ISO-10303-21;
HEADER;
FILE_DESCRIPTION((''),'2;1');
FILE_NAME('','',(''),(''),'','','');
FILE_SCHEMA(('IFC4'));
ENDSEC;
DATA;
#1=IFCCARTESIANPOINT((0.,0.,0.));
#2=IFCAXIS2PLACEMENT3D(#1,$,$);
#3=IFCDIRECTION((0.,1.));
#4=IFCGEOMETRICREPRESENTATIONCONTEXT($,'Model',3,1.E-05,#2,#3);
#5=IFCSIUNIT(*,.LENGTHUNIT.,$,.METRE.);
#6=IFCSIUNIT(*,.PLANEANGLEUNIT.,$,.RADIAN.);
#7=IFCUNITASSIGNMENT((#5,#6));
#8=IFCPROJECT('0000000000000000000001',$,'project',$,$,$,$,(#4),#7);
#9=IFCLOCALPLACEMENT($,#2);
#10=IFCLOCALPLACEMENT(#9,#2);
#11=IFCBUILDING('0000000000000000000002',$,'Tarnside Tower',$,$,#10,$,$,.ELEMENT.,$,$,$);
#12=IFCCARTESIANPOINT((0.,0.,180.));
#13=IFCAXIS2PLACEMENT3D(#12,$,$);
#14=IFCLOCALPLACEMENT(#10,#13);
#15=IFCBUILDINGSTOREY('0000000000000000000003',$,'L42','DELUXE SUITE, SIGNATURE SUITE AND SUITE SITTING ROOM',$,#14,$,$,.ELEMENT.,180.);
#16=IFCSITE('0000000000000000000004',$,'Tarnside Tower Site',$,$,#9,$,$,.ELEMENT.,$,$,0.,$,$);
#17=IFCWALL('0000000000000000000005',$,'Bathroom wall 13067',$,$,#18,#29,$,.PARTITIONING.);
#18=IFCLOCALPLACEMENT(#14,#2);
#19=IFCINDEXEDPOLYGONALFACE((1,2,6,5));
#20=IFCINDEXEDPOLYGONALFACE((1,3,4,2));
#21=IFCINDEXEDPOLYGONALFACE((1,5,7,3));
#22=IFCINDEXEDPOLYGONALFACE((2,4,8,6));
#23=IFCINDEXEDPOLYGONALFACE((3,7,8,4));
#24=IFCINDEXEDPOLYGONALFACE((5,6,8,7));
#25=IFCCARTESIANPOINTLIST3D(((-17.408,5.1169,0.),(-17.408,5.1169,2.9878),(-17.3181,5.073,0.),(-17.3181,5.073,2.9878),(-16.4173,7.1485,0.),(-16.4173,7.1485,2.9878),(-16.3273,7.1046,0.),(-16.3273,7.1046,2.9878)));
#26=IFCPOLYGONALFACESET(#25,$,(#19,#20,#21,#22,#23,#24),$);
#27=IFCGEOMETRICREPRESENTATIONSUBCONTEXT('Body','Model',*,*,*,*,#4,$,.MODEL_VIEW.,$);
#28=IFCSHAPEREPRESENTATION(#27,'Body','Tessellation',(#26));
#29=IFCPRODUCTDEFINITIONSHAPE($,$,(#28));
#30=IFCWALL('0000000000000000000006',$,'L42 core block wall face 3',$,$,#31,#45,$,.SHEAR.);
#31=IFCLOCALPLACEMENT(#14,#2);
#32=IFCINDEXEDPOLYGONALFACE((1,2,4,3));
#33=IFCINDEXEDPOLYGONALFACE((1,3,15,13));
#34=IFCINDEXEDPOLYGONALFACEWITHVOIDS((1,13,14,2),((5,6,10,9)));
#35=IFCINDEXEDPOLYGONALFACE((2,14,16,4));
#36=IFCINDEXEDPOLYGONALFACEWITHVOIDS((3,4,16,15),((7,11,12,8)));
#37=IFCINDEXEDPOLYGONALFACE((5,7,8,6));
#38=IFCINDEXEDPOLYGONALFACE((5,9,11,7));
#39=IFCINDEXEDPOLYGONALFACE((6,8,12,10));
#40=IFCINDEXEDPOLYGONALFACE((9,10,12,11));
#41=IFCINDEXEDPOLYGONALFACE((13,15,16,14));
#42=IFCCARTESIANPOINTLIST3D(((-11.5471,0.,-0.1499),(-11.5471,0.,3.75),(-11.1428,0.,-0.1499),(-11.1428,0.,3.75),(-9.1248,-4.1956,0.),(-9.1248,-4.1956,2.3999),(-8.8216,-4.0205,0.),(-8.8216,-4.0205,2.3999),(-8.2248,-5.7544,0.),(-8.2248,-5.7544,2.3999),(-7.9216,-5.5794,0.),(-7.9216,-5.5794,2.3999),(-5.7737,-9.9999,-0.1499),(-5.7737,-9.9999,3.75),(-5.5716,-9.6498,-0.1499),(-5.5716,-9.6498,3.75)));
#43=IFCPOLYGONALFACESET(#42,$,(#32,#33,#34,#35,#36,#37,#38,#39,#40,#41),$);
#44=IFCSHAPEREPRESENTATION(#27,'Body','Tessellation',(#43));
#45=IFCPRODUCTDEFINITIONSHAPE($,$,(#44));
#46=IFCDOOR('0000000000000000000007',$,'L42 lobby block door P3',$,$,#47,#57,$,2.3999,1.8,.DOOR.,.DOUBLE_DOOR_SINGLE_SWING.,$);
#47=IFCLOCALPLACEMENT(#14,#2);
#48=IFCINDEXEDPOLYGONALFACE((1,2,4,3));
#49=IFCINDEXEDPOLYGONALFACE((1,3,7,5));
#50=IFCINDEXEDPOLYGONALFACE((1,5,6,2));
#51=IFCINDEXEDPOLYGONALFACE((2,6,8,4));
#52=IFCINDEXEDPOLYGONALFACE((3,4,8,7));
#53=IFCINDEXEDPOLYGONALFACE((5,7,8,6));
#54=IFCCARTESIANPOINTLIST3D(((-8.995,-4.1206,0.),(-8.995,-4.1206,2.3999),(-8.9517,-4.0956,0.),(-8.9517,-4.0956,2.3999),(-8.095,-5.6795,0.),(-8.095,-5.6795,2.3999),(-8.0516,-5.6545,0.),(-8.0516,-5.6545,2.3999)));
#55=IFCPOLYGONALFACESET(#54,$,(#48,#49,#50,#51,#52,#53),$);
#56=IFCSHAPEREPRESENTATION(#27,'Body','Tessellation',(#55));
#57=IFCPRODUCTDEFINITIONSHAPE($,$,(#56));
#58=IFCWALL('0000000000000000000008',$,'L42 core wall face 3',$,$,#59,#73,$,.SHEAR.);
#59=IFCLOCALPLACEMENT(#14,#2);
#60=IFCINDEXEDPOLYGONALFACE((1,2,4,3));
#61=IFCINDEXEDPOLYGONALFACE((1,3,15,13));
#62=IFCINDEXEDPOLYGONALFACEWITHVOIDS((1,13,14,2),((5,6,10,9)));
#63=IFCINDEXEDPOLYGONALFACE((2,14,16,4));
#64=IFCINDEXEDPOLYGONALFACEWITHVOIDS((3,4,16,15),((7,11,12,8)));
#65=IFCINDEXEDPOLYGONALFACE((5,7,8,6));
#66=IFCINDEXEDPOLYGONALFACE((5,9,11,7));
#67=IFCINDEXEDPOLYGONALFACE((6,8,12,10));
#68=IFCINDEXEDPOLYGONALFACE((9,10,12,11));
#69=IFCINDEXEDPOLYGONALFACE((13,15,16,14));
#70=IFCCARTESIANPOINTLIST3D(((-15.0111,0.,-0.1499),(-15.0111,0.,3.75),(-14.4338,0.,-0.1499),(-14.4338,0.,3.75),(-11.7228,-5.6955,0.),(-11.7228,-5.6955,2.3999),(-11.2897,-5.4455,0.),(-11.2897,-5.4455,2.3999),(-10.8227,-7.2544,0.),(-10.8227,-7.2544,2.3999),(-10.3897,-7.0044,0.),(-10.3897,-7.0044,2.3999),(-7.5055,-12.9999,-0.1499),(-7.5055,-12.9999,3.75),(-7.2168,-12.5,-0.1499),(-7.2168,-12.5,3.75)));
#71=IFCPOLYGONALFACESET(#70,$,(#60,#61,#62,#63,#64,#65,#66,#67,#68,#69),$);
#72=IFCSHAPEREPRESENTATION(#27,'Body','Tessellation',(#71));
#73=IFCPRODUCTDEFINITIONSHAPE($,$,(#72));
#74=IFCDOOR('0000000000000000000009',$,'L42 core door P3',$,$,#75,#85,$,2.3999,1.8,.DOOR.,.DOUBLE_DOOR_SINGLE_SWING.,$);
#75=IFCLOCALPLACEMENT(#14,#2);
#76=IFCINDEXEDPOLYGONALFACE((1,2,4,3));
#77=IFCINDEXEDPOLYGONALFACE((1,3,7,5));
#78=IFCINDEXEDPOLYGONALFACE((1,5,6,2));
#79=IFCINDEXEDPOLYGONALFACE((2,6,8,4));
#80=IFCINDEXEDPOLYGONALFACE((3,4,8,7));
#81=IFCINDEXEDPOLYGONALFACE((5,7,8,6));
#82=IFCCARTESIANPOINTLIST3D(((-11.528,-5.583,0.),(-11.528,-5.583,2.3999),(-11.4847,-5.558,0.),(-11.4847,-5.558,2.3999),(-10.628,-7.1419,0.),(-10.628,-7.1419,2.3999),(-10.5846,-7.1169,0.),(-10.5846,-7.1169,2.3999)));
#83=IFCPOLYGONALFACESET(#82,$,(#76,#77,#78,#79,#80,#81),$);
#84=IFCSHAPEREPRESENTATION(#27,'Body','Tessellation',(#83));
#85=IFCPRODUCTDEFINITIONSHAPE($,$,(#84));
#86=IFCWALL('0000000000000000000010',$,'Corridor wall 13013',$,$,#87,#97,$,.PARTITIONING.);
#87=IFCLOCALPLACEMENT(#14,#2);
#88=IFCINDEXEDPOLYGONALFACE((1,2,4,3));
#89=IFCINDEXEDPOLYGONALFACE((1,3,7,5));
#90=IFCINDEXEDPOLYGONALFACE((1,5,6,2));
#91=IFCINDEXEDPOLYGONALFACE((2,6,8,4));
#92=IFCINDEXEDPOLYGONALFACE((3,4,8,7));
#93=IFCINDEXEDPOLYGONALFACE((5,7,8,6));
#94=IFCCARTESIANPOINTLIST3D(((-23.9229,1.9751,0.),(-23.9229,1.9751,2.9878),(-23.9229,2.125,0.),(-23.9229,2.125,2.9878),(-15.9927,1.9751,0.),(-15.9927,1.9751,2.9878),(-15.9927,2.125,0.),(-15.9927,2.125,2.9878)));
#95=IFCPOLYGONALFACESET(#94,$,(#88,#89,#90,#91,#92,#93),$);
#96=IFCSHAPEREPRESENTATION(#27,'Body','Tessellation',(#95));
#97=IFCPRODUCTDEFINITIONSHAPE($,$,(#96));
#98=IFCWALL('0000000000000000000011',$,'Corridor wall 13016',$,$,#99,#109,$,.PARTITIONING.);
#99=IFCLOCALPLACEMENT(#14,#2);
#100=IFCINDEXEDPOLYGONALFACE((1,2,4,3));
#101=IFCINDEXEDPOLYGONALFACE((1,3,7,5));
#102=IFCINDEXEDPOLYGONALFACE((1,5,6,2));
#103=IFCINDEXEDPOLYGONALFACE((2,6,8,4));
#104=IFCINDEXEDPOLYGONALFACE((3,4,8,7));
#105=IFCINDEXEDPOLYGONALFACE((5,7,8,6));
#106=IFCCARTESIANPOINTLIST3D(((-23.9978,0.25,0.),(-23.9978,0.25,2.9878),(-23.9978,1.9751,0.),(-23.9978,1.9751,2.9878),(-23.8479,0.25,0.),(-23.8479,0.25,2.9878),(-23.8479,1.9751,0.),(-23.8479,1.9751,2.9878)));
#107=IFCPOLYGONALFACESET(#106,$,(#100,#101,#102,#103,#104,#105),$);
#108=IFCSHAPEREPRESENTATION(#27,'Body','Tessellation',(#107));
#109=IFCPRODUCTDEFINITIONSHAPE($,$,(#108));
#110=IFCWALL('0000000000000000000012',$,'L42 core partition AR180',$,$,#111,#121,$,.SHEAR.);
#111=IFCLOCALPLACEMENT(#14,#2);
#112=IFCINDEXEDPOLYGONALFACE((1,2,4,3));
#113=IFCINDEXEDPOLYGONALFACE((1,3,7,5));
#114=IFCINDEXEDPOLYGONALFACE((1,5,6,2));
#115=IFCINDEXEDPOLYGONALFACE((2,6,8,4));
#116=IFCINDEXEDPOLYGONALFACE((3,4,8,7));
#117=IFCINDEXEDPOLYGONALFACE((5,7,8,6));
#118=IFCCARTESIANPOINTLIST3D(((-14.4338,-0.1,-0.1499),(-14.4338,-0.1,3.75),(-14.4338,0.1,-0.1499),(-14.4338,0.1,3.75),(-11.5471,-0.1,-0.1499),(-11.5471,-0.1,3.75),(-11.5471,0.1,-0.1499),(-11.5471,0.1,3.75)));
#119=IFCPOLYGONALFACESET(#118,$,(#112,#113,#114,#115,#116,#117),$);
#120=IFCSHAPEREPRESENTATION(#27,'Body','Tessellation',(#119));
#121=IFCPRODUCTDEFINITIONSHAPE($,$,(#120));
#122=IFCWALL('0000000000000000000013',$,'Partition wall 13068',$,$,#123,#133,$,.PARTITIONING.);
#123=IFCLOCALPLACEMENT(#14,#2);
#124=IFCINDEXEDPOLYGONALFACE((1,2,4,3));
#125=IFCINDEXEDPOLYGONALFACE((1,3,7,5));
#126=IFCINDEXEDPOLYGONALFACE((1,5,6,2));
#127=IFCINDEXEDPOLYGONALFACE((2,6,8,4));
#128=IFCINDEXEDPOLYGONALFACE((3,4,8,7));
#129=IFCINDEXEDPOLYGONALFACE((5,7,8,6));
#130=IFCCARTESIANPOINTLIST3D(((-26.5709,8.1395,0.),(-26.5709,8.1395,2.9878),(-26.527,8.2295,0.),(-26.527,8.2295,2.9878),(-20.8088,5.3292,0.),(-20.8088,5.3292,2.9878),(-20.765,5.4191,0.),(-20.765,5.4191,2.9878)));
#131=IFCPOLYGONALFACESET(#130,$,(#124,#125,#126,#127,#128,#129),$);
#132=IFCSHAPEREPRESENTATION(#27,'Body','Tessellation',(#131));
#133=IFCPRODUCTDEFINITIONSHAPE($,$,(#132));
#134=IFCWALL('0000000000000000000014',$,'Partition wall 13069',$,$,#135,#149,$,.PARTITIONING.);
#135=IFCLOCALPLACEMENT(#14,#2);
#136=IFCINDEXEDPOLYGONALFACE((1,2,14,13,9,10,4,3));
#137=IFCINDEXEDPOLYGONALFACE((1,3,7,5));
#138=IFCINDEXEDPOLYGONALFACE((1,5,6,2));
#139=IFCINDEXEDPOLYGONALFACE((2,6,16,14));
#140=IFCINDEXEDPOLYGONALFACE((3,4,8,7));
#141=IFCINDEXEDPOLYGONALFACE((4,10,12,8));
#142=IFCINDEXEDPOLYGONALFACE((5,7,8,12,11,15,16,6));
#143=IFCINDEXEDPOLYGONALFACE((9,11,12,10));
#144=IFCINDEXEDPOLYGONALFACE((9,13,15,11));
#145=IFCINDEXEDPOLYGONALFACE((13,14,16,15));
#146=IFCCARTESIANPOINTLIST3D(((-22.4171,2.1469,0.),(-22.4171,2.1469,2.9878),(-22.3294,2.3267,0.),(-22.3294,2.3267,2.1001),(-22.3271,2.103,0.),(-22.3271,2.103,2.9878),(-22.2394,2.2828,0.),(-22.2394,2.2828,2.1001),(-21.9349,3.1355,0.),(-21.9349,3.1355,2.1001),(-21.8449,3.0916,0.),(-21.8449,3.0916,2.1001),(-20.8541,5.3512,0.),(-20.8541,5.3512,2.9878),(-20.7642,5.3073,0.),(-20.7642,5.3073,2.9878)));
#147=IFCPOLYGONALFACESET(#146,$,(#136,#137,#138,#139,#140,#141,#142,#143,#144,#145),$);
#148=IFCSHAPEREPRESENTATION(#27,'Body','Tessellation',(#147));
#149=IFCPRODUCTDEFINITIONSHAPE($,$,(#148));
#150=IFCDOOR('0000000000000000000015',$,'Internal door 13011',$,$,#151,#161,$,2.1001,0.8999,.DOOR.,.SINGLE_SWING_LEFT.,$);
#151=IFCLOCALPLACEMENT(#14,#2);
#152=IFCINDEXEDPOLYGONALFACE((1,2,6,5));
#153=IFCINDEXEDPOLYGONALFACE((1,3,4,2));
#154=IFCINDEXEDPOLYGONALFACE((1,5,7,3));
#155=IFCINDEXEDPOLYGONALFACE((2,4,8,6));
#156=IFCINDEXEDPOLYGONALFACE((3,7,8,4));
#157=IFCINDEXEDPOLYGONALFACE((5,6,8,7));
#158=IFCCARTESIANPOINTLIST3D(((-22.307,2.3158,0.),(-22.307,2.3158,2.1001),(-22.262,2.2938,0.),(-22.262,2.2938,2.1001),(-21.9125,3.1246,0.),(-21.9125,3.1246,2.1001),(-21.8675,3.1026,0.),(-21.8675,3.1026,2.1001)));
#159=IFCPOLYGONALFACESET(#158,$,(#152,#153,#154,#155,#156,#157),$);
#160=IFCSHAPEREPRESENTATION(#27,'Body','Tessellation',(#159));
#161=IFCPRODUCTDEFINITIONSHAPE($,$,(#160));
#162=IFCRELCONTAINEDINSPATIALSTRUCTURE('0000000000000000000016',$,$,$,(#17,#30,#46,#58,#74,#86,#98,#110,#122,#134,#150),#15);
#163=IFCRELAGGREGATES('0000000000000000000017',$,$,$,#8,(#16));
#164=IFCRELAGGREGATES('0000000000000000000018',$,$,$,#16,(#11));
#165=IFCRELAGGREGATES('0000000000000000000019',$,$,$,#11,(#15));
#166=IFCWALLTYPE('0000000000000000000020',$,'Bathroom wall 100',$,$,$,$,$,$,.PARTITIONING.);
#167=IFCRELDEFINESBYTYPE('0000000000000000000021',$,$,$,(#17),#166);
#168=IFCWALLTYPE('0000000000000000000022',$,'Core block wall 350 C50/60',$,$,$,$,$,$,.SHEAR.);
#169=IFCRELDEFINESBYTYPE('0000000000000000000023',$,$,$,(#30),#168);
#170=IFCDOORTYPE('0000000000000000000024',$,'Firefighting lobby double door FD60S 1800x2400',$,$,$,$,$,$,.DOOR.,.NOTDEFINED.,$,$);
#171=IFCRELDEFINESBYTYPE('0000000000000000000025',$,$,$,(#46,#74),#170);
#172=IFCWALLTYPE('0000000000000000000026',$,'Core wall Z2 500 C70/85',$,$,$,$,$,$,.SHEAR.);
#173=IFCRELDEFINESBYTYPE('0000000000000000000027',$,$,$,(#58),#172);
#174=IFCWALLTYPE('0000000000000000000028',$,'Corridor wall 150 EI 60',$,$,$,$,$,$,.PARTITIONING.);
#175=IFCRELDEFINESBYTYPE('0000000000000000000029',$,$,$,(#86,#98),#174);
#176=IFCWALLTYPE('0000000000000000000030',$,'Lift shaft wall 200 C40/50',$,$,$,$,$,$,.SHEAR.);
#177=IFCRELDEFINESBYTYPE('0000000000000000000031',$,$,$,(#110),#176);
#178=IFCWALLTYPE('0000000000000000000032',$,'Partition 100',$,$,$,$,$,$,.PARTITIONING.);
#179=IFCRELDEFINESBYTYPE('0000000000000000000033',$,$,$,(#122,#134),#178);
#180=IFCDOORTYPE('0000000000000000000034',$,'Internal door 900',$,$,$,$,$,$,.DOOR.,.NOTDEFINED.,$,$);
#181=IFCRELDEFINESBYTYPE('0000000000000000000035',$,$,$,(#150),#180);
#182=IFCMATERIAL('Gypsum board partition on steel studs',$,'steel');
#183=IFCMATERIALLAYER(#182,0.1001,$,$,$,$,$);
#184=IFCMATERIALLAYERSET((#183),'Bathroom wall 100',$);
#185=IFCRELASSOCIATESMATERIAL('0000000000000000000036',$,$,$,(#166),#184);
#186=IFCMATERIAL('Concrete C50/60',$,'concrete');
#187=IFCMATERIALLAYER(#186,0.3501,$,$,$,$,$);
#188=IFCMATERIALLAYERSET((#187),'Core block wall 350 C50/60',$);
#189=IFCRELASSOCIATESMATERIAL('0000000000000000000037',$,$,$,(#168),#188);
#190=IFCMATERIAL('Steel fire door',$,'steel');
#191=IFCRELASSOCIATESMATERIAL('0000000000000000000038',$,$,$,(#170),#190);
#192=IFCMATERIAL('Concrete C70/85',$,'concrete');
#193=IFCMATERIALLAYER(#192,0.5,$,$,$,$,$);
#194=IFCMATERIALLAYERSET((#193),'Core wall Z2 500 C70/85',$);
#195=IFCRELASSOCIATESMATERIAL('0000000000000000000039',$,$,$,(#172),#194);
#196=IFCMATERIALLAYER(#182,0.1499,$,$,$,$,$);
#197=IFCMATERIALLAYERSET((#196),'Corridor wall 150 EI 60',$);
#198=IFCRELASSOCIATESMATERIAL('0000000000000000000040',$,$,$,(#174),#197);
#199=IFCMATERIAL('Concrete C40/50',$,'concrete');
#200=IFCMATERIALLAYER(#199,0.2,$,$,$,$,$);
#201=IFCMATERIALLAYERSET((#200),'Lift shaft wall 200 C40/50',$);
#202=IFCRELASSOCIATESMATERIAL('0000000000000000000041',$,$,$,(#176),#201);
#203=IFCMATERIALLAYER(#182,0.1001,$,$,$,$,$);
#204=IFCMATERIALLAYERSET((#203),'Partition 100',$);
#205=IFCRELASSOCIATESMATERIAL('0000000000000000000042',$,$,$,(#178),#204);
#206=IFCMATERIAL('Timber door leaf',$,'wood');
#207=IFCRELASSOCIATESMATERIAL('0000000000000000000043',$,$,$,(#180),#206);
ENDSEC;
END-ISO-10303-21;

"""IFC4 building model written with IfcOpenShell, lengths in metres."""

from ifc_helpers import new_model, si_unit, direction, frame, frame_2d, origin, place, context, subcontext, project, spatial, polyline, rectangle, outline, extrude, material, layer, layer_set, type_object, element, fill, save


model = new_model("IFC4")

# Units and contexts
model_context = context("Model", 3, precision=1e-05, world=origin(), true_north=direction((0.0, 1.0)))
body_context = subcontext(model_context, "Body", "Model", "MODEL_VIEW")
ifc_project = project(units=[si_unit("LENGTHUNIT", "METRE"), si_unit("PLANEANGLEUNIT", "RADIAN")], contexts=[model_context])

# Site, building, storey
site_placement = place(None, origin())
site = spatial("IfcSite", under=ifc_project, at=site_placement, Name="Tarnside Tower Site", CompositionType="ELEMENT", RefElevation=0.0)
building_placement = place(site_placement, origin())
building = spatial("IfcBuilding", under=site, at=building_placement, Name="Tarnside Tower", CompositionType="ELEMENT")
storey_placement = place(building_placement, frame((0.0, 0.0, 180.0)))
storey = spatial("IfcBuildingStorey", under=building, at=storey_placement, Name="L42", Description="DELUXE SUITE, SIGNATURE SUITE AND SUITE SITTING ROOM", CompositionType="ELEMENT", Elevation=180.0)

# Shared definitions
ifc_material_1 = material(Name="Gypsum board partition on steel studs", Category="steel")
ifc_layer_1 = layer(ifc_material_1, 0.1001)
ifc_layer_set_1 = layer_set([ifc_layer_1], Name="Bathroom wall 100")
wall_type_1 = type_object("IfcWallType", Name="Bathroom wall 100", PredefinedType="PARTITIONING", material=ifc_layer_set_1)

# Shared definitions
ifc_material_2 = material(Name="Timber door leaf", Category="wood")

# Wall
wall_1_placement = place(storey_placement, frame((-17.363, 5.095, 0.0), z_axis=(0.0, 0.0, 1.0), x_axis=(0.438334, 0.898812, 0.0)))
element("IfcWall", 1, at=wall_1_placement, inside=storey, type_object=wall_type_1, Name="Bathroom wall 13067", PredefinedType="PARTITIONING", context=body_context, shape_type="SweptSolid", body=[
    extrude(rectangle(XDim=2.2603, YDim=0.1001, at=frame_2d((1.1301, 0.0))), origin(), (0.0, 0.0, 1.0), 2.9878),
])

# Walls, openings, doors
ifc_material_3 = material(Name="Concrete C50/60", Category="concrete")
ifc_layer_2 = layer(ifc_material_3, 0.3501)
ifc_layer_set_2 = layer_set([ifc_layer_2], Name="Core block wall 350 C50/60")
wall_type_2 = type_object("IfcWallType", Name="Core block wall 350 C50/60", PredefinedType="SHEAR", material=ifc_layer_set_2)
wall_2_placement = place(storey_placement, frame((-11.345, 0.0, -0.1499), z_axis=(0.0, 0.0, 1.0), x_axis=(0.499995, -0.866028, 0.0)))
wall_2 = element("IfcWall", 2, at=wall_2_placement, inside=storey, type_object=wall_type_2, Name="L42 core block wall face 3", PredefinedType="SHEAR", context=body_context, shape_type="SweptSolid", body=[
    extrude(outline(polyline([(-0.1011, -0.175), (11.4458, -0.175), (11.2437, 0.175), (0.1011, 0.175), (-0.1011, -0.175)])), origin(), (0.0, 0.0, 1.0), 3.8999),
])
opening_1_placement = place(wall_2_placement, frame((4.7437, 0.0, 0.1499)))
opening_1 = element("IfcOpeningElement", 3, at=opening_1_placement, cuts=wall_2, PredefinedType="OPENING", context=body_context, shape_type="SweptSolid", body=[
    extrude(rectangle(XDim=1.8, YDim=2.3999, at=frame_2d((0.8999, 1.2))), frame((0.0, 0.1851, 0.0), z_axis=(0.0, -1.0, 0.0), x_axis=(1.0, 0.0, 0.0)), (0.0, 0.0, 1.0), 0.3701),
])
ifc_material_4 = material(Name="Steel fire door", Category="steel")
door_type_1 = type_object("IfcDoorType", Name="Firefighting lobby double door FD60S 1800x2400", OperationType="NOTDEFINED", PredefinedType="DOOR", material=ifc_material_4)
door_1_placement = place(opening_1_placement, origin())
door_1 = element("IfcDoor", 4, at=door_1_placement, inside=storey, type_object=door_type_1, Name="L42 lobby block door P3", OperationType="DOUBLE_DOOR_SINGLE_SWING", OverallHeight=2.3999, OverallWidth=1.8, PredefinedType="DOOR", context=body_context, shape_type="SweptSolid", body=[
    extrude(rectangle(XDim=1.8, YDim=2.3999, at=frame_2d((0.8999, 1.2))), frame((0.0, 0.0249, 0.0), z_axis=(0.0, -1.0, 0.0), x_axis=(1.0, 0.0, 0.0)), (0.0, 0.0, 1.0), 0.05),
])
fill(opening_1, door_1)
ifc_material_5 = material(Name="Concrete C70/85", Category="concrete")
ifc_layer_3 = layer(ifc_material_5, 0.5)
ifc_layer_set_3 = layer_set([ifc_layer_3], Name="Core wall Z2 500 C70/85")
wall_type_3 = type_object("IfcWallType", Name="Core wall Z2 500 C70/85", PredefinedType="SHEAR", material=ifc_layer_set_3)
wall_3_placement = place(storey_placement, frame((-14.7224, 0.0, -0.1499), z_axis=(0.0, 0.0, 1.0), x_axis=(0.500006, -0.866022, 0.0)))
wall_3 = element("IfcWall", 5, at=wall_3_placement, inside=storey, type_object=wall_type_3, Name="L42 core wall face 3", PredefinedType="SHEAR", context=body_context, shape_type="SweptSolid", body=[
    extrude(outline(polyline([(-0.1443, -0.25), (14.8667, -0.25), (14.5781, 0.25), (0.1443, 0.25), (-0.1443, -0.25)])), origin(), (0.0, 0.0, 1.0), 3.8999),
])
opening_2_placement = place(wall_3_placement, frame((6.4324, 0.0, 0.1499)))
opening_2 = element("IfcOpeningElement", 6, at=opening_2_placement, cuts=wall_3, PredefinedType="OPENING", context=body_context, shape_type="SweptSolid", body=[
    extrude(rectangle(XDim=1.8, YDim=2.3999, at=frame_2d((0.8999, 1.2))), frame((0.0, 0.26, 0.0), z_axis=(0.0, -1.0, 0.0), x_axis=(1.0, 0.0, 0.0)), (0.0, 0.0, 1.0), 0.52),
])
door_2_placement = place(opening_2_placement, origin())
door_2 = element("IfcDoor", 7, at=door_2_placement, inside=storey, type_object=door_type_1, Name="L42 core door P3", OperationType="DOUBLE_DOOR_SINGLE_SWING", OverallHeight=2.3999, OverallWidth=1.8, PredefinedType="DOOR", context=body_context, shape_type="SweptSolid", body=[
    extrude(rectangle(XDim=1.8, YDim=2.3999, at=frame_2d((0.8999, 1.2))), frame((0.0, 0.0249, 0.0), z_axis=(0.0, -1.0, 0.0), x_axis=(1.0, 0.0, 0.0)), (0.0, 0.0, 1.0), 0.05),
])
fill(opening_2, door_2)

# Walls
ifc_layer_4 = layer(ifc_material_1, 0.1499)
ifc_layer_set_4 = layer_set([ifc_layer_4], Name="Corridor wall 150 EI 60")
wall_type_4 = type_object("IfcWallType", Name="Corridor wall 150 EI 60", PredefinedType="PARTITIONING", material=ifc_layer_set_4)
wall_4_placement = place(storey_placement, frame((-15.9927, 2.05, 0.0), z_axis=(0.0, 0.0, 1.0), x_axis=(-1.0, 0.0, 0.0)))
element("IfcWall", 8, at=wall_4_placement, inside=storey, type_object=wall_type_4, Name="Corridor wall 13013", PredefinedType="PARTITIONING", context=body_context, shape_type="SweptSolid", body=[
    extrude(rectangle(XDim=7.9302, YDim=0.1499, at=frame_2d((3.9651, 0.0))), origin(), (0.0, 0.0, 1.0), 2.9878),
])
wall_5_placement = place(storey_placement, frame((-23.9229, 1.9751, 0.0), z_axis=(0.0, 0.0, 1.0), x_axis=(0.0, -1.0, 0.0)))
element("IfcWall", 9, at=wall_5_placement, inside=storey, type_object=wall_type_4, Name="Corridor wall 13016", PredefinedType="PARTITIONING", context=body_context, shape_type="SweptSolid", body=[
    extrude(rectangle(XDim=1.7251, YDim=0.1499, at=frame_2d((0.8625, 0.0))), origin(), (0.0, 0.0, 1.0), 2.9878),
])
ifc_material_6 = material(Name="Concrete C40/50", Category="concrete")
ifc_layer_5 = layer(ifc_material_6, 0.2)
ifc_layer_set_5 = layer_set([ifc_layer_5], Name="Lift shaft wall 200 C40/50")
wall_type_5 = type_object("IfcWallType", Name="Lift shaft wall 200 C40/50", PredefinedType="SHEAR", material=ifc_layer_set_5)
wall_6_placement = place(storey_placement, frame((-11.5471, 0.0, -0.1499), z_axis=(0.0, 0.0, 1.0), x_axis=(-1.0, 0.0, 0.0)))
element("IfcWall", 10, at=wall_6_placement, inside=storey, type_object=wall_type_5, Name="L42 core partition AR180", PredefinedType="SHEAR", context=body_context, shape_type="SweptSolid", body=[
    extrude(rectangle(XDim=2.8867, YDim=0.2, at=frame_2d((1.4434, 0.0))), origin(), (0.0, 0.0, 1.0), 3.8999),
])
ifc_layer_6 = layer(ifc_material_1, 0.1001)
ifc_layer_set_6 = layer_set([ifc_layer_6], Name="Partition 100")
wall_type_6 = type_object("IfcWallType", Name="Partition 100", PredefinedType="PARTITIONING", material=ifc_layer_set_6)
wall_7_placement = place(storey_placement, frame((-26.5491, 8.1846, 0.0), z_axis=(0.0, 0.0, 1.0), x_axis=(0.898794, -0.438372, 0.0)))
element("IfcWall", 11, at=wall_7_placement, inside=storey, type_object=wall_type_6, Name="Partition wall 13068", PredefinedType="PARTITIONING", context=body_context, shape_type="SweptSolid", body=[
    extrude(rectangle(XDim=6.4109, YDim=0.1001, at=frame_2d((3.2056, 0.0))), origin(), (0.0, 0.0, 1.0), 2.9878),
])

# Wall, opening, door
wall_8_placement = place(storey_placement, frame((-20.8091, 5.3293, 0.0), z_axis=(0.0, 0.0, 1.0), x_axis=(-0.438399, -0.89878, 0.0)))
wall_8 = element("IfcWall", 12, at=wall_8_placement, inside=storey, type_object=wall_type_6, Name="Partition wall 13069", PredefinedType="PARTITIONING", context=body_context, shape_type="SweptSolid", body=[
    extrude(rectangle(XDim=3.5652, YDim=0.1001, at=frame_2d((1.7827, 0.0))), origin(), (0.0, 0.0, 1.0), 2.9878),
])
opening_3_placement = place(wall_8_placement, frame((2.4653, 0.0, 0.0)))
opening_3 = element("IfcOpeningElement", 13, at=opening_3_placement, cuts=wall_8, PredefinedType="OPENING", context=body_context, shape_type="SweptSolid", body=[
    extrude(rectangle(XDim=0.8999, YDim=2.1001, at=frame_2d((0.45, 1.05))), frame((0.0, 0.0601, 0.0), z_axis=(0.0, -1.0, 0.0), x_axis=(1.0, 0.0, 0.0)), (0.0, 0.0, 1.0), 0.1201),
])
door_type_2 = type_object("IfcDoorType", Name="Internal door 900", OperationType="NOTDEFINED", PredefinedType="DOOR", material=ifc_material_2)
door_3_placement = place(opening_3_placement, origin())
door_3 = element("IfcDoor", 14, at=door_3_placement, inside=storey, type_object=door_type_2, Name="Internal door 13011", OperationType="SINGLE_SWING_LEFT", OverallHeight=2.1001, OverallWidth=0.8999, PredefinedType="DOOR", context=body_context, shape_type="SweptSolid", body=[
    extrude(rectangle(XDim=0.8999, YDim=2.1001, at=frame_2d((0.45, 1.05))), frame((0.0, 0.0249, 0.0), z_axis=(0.0, -1.0, 0.0), x_axis=(1.0, 0.0, 0.0)), (0.0, 0.0, 1.0), 0.05),
])
fill(opening_3, door_3)

save(model, "model.ifc")
